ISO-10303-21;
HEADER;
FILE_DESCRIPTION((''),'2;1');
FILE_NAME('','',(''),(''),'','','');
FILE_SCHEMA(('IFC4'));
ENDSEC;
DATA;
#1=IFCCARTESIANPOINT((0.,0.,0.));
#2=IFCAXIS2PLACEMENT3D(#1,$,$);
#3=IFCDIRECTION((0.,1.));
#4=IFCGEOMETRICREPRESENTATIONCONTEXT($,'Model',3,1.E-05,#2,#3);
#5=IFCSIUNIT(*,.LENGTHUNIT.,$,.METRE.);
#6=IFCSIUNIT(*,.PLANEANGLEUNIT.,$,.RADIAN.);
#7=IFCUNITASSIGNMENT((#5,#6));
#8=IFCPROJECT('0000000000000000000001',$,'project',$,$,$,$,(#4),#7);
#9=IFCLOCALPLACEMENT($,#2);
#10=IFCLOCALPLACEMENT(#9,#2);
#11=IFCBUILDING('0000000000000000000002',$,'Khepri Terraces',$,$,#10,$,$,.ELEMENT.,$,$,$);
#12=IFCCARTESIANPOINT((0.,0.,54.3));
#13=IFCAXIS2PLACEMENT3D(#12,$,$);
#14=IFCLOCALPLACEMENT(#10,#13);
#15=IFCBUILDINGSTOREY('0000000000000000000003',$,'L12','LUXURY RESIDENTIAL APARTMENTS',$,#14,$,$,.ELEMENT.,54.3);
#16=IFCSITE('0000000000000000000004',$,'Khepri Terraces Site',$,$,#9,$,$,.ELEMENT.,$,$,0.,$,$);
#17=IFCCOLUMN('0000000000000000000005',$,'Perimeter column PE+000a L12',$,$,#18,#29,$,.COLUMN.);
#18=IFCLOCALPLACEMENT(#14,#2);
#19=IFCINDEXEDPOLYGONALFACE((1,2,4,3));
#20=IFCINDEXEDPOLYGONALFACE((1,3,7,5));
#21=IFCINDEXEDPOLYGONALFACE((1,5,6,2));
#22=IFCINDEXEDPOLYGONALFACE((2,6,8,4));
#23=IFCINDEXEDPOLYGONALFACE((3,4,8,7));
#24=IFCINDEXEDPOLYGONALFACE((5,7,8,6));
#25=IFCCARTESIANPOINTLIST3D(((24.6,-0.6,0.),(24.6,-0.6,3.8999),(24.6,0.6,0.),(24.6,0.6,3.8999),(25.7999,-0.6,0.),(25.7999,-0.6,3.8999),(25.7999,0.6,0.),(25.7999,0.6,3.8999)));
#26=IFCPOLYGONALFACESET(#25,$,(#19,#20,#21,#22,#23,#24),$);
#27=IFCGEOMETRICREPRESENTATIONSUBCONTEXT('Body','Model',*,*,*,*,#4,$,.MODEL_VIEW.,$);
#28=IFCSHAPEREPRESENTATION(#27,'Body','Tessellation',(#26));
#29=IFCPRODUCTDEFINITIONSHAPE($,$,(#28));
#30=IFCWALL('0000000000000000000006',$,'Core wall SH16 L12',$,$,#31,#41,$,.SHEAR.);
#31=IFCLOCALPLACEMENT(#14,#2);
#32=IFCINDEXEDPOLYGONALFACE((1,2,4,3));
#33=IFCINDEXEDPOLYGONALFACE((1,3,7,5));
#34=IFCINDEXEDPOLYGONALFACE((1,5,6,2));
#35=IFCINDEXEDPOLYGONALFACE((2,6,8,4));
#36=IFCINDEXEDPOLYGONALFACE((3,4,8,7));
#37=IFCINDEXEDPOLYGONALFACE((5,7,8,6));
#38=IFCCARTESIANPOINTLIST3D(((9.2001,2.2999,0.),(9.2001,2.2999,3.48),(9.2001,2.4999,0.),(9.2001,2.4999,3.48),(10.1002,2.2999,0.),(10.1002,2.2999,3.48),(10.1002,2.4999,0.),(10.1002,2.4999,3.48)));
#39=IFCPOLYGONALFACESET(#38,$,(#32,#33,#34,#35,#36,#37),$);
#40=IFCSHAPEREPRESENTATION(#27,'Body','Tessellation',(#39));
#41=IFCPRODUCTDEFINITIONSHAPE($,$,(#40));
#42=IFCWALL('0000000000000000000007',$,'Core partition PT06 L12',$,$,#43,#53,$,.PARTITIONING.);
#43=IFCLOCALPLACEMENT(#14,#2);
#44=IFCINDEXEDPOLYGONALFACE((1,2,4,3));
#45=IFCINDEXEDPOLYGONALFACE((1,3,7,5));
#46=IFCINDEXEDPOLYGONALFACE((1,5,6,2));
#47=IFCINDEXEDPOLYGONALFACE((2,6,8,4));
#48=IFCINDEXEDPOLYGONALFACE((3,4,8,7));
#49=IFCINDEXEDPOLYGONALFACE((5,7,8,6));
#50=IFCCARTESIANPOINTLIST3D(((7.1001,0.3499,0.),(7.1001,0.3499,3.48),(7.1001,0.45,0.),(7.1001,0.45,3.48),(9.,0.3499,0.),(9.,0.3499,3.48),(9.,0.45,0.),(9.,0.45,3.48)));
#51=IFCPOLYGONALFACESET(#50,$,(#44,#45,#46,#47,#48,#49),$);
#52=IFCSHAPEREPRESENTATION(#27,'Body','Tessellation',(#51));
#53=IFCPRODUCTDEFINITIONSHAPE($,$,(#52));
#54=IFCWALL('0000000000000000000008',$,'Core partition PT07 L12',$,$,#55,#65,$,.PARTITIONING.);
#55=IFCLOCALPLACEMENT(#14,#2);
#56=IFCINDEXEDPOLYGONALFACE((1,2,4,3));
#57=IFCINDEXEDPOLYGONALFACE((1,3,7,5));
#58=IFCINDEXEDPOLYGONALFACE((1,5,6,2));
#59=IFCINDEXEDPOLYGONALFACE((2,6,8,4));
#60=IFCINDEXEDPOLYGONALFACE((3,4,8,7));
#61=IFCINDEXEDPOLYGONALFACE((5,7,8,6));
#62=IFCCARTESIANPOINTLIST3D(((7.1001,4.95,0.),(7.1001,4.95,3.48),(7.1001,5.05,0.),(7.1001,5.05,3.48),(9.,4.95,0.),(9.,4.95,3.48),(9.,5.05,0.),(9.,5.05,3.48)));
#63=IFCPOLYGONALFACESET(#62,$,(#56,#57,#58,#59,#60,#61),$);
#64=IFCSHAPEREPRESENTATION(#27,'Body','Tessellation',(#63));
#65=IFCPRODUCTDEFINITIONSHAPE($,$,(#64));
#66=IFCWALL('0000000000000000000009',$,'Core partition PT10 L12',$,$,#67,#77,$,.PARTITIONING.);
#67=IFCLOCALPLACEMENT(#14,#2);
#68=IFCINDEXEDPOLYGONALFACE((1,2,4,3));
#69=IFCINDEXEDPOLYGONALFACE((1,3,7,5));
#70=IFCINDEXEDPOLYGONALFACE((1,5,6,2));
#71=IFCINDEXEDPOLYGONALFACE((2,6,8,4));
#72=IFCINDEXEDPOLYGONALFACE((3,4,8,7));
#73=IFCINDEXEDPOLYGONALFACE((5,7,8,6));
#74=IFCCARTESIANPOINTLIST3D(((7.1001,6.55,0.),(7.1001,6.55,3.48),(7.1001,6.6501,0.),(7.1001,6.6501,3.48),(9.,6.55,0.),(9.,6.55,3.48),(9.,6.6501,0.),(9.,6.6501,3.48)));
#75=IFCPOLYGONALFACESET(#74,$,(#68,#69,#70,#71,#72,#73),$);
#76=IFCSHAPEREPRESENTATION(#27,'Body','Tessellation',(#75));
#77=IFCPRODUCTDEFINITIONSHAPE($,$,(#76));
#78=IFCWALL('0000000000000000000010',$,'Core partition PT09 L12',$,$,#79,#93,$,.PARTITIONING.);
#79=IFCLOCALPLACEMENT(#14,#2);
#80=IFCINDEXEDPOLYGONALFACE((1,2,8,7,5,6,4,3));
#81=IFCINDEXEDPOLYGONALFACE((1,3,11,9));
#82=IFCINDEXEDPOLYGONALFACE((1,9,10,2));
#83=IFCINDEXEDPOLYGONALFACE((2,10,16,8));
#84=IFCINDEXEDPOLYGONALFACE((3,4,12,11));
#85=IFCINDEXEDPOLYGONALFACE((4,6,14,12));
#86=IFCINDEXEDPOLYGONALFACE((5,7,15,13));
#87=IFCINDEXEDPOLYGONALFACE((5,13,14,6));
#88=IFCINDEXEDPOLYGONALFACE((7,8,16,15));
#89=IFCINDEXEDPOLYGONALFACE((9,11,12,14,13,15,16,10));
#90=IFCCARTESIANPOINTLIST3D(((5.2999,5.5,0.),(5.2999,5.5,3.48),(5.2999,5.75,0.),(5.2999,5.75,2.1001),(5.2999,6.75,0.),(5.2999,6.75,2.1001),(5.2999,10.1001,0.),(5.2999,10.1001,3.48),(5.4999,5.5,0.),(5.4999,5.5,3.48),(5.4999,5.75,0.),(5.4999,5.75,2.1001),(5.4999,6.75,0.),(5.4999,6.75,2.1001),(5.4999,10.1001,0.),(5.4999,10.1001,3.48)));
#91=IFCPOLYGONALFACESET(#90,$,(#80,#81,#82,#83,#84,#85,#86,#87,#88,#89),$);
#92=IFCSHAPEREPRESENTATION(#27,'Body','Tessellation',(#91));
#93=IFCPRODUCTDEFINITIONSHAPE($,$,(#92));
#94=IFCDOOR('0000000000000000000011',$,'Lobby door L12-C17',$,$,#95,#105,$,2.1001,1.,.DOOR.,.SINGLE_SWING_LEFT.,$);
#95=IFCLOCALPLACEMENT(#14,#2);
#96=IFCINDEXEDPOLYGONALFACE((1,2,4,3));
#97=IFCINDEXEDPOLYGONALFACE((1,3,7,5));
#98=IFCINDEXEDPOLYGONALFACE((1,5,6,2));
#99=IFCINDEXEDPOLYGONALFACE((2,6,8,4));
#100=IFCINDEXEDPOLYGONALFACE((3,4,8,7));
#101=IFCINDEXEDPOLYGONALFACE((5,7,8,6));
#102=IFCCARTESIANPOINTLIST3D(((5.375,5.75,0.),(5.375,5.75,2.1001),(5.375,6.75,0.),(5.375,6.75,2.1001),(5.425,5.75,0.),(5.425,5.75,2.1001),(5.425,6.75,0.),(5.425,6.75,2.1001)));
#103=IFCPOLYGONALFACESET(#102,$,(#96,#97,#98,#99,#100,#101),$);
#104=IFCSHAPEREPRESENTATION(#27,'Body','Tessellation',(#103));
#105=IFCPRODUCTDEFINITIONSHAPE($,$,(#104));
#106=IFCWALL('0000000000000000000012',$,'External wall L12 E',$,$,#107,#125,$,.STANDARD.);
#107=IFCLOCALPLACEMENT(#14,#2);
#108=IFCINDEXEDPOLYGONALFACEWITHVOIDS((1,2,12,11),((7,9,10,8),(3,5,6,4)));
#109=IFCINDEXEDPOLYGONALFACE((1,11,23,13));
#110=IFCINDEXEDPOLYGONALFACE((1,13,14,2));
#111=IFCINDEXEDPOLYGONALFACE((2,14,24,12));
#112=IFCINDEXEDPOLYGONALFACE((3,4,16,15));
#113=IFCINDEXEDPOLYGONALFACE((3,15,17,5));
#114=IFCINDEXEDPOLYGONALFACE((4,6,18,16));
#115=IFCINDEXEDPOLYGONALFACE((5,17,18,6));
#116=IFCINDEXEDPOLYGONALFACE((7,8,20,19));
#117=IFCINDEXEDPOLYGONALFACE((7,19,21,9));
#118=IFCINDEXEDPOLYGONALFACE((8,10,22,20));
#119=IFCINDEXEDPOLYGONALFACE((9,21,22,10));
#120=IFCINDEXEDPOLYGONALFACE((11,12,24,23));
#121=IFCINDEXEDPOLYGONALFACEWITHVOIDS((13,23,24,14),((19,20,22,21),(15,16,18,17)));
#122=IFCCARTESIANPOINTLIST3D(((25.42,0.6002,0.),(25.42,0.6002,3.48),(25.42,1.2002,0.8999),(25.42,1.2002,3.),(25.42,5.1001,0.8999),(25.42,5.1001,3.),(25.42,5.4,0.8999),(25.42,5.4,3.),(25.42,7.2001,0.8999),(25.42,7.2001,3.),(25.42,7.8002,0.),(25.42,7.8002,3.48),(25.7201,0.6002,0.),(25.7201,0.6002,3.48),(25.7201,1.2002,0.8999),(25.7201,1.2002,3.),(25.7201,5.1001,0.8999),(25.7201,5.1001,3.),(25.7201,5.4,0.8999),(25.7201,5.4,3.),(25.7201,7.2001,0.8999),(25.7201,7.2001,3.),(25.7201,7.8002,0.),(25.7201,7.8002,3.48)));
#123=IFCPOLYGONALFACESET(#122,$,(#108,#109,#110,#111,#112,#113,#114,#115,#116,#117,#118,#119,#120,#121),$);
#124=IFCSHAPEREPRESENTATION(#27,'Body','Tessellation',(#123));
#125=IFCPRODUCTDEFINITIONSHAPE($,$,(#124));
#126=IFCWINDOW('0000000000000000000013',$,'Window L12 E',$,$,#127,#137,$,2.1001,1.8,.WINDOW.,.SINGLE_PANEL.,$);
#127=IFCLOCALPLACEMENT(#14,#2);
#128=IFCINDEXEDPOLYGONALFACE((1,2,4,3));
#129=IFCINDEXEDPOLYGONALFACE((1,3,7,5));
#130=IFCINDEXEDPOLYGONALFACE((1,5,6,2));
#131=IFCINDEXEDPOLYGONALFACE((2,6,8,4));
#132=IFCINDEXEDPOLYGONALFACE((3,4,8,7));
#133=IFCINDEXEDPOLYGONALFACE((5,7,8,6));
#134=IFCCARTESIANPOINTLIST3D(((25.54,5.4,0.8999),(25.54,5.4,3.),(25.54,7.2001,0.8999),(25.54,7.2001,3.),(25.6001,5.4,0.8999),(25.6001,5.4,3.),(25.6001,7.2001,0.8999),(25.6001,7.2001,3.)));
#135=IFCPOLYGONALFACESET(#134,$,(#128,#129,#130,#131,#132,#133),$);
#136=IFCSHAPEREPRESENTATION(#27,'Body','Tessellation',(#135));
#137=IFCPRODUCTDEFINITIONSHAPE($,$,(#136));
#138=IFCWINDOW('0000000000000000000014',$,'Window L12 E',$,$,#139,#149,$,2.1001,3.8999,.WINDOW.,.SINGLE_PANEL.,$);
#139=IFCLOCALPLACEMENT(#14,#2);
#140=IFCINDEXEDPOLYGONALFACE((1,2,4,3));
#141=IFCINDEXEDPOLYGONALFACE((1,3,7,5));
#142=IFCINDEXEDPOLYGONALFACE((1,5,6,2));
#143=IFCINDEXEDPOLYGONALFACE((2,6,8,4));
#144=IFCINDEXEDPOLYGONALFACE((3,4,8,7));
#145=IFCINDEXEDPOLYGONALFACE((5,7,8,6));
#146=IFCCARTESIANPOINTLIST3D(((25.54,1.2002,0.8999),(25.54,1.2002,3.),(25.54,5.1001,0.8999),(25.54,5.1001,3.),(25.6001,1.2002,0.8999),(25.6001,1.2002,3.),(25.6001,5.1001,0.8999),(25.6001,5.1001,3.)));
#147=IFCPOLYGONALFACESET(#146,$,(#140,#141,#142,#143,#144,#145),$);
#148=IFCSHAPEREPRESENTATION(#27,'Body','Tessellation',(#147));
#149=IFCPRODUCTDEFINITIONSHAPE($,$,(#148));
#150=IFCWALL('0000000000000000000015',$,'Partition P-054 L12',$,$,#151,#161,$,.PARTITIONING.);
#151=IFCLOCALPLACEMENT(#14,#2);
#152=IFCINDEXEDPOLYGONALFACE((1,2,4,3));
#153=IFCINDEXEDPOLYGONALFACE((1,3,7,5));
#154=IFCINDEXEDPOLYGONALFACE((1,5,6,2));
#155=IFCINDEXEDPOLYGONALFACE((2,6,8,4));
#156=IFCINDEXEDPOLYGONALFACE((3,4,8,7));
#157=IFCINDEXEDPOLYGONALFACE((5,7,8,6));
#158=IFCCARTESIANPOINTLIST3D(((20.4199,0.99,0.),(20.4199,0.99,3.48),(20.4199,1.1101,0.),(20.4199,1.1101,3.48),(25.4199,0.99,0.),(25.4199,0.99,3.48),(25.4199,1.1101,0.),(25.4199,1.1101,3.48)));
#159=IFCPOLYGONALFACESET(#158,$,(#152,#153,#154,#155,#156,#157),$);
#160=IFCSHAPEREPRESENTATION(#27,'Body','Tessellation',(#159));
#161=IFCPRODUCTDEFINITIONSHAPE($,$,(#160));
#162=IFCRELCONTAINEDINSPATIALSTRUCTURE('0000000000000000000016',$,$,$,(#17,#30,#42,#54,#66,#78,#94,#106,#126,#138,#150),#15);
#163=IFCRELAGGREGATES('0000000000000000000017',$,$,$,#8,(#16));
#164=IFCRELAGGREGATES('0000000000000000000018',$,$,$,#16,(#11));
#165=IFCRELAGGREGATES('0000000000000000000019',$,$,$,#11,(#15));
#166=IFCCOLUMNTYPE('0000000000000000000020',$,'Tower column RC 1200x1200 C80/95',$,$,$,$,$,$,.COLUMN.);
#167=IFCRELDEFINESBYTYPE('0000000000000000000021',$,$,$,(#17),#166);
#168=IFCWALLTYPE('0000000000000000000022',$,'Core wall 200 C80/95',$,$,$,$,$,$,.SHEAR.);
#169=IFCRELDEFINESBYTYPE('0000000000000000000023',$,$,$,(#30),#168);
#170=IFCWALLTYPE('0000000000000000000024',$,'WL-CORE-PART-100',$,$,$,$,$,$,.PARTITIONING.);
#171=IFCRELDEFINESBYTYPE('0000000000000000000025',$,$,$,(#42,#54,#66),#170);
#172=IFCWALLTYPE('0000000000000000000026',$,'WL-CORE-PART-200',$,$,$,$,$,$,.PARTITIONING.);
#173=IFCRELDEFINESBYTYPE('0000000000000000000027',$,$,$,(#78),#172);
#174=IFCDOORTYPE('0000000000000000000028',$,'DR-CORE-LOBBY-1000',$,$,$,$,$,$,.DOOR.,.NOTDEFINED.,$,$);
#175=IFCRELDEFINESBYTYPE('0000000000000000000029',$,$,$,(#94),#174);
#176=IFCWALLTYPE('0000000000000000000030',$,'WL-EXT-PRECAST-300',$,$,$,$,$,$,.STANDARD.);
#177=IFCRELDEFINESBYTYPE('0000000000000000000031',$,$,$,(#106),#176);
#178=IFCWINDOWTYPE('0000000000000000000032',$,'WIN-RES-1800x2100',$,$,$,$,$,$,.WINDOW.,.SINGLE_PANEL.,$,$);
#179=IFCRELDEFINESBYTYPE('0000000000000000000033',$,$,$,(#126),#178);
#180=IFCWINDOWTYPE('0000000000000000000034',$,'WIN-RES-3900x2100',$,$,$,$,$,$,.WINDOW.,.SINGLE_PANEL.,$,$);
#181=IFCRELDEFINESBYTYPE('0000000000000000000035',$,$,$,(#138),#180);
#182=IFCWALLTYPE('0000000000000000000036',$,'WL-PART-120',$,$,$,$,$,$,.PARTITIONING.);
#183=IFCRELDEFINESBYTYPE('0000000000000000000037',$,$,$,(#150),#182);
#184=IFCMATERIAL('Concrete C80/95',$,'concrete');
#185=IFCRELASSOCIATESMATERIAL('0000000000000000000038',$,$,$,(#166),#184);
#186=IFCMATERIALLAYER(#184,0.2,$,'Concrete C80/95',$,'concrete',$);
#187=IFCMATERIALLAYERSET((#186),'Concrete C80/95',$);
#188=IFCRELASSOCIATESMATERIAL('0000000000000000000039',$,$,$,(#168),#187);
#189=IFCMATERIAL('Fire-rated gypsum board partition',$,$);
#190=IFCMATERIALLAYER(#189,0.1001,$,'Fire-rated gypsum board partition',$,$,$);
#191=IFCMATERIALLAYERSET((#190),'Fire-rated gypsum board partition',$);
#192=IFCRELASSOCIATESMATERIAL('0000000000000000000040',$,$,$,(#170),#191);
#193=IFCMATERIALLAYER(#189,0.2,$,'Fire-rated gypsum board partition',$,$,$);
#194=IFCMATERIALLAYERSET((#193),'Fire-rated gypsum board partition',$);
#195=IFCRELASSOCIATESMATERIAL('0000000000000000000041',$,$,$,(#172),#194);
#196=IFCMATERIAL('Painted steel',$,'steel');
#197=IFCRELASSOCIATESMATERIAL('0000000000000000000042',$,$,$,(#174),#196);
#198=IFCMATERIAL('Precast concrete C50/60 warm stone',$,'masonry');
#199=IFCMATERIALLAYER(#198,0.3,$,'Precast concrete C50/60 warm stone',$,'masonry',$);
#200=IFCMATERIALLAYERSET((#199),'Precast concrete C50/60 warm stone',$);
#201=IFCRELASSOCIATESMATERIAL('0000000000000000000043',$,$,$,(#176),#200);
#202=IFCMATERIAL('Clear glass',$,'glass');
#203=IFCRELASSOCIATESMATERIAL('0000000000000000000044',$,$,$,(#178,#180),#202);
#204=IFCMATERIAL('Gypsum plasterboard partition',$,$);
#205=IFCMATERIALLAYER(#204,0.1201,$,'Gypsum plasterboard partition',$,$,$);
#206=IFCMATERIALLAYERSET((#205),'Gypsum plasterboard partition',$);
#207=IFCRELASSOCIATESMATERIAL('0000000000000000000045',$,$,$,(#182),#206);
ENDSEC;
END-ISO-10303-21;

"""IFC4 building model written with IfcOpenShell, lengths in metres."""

from ifc_helpers import new_model, si_unit, direction, frame, frame_2d, origin, origin_2d, place, context, subcontext, project, spatial, rectangle, extrude, material, layer, layer_set, material_profile, profile_set, type_object, element, fill, save


model = new_model("IFC4")

# Units and contexts
model_context = context("Model", 3, precision=1e-05, world=origin(), true_north=direction((0.0, 1.0)))
body_context = subcontext(model_context, "Body", "Model", "MODEL_VIEW")
ifc_project = project(units=[si_unit("LENGTHUNIT", "METRE"), si_unit("PLANEANGLEUNIT", "RADIAN")], contexts=[model_context])

# Site, building, storey
site_placement = place(None, origin())
site = spatial("IfcSite", under=ifc_project, at=site_placement, Name="Khepri Terraces Site", CompositionType="ELEMENT", RefElevation=0.0)
building_placement = place(site_placement, origin())
building = spatial("IfcBuilding", under=site, at=building_placement, Name="Khepri Terraces", CompositionType="ELEMENT")
storey_placement = place(building_placement, frame((0.0, 0.0, 54.3)))
storey = spatial("IfcBuildingStorey", under=building, at=storey_placement, Name="L12", Description="LUXURY RESIDENTIAL APARTMENTS", CompositionType="ELEMENT", Elevation=54.3)

# Column
ifc_material_1 = material(Name="Concrete C80/95", Category="concrete")
ifc_material_profile = material_profile(ifc_material_1, rectangle(XDim=1.2, YDim=1.2, at=origin_2d()), Name="Concrete C80/95", Category="concrete")
ifc_profile_set = profile_set([ifc_material_profile], Name="Concrete C80/95")
column_type = type_object("IfcColumnType", Name="Tower column RC 1200x1200 C80/95", PredefinedType="COLUMN", material=ifc_profile_set)
column_placement = place(storey_placement, frame((25.2, 0.0, 0.0), z_axis=(0.0, 0.0, 1.0), x_axis=(1.0, 0.0, 0.0)))
element("IfcColumn", 1, at=column_placement, inside=storey, type_object=column_type, Name="Perimeter column PE+000a L12", PredefinedType="COLUMN", context=body_context, shape_type="SweptSolid", body=[
    extrude(rectangle(XDim=1.2, YDim=1.2, at=origin_2d()), origin(), (0.0, 0.0, 1.0), 3.8999),
])

# Walls
ifc_layer_1 = layer(ifc_material_1, 0.2, Name="Concrete C80/95", Category="concrete")
ifc_layer_set_1 = layer_set([ifc_layer_1], Name="Concrete C80/95")
wall_type_1 = type_object("IfcWallType", Name="Core wall 200 C80/95", PredefinedType="SHEAR", material=ifc_layer_set_1)
wall_1_placement = place(storey_placement, frame((9.2, 2.3999, 0.0), z_axis=(0.0, 0.0, 1.0), x_axis=(1.0, 0.0, 0.0)))
element("IfcWall", 2, at=wall_1_placement, inside=storey, type_object=wall_type_1, Name="Core wall SH16 L12", PredefinedType="SHEAR", context=body_context, shape_type="SweptSolid", body=[
    extrude(rectangle(XDim=0.9001, YDim=0.2, at=frame_2d((0.4502, 0.0))), origin(), (0.0, 0.0, 1.0), 3.48),
])
ifc_material_2 = material(Name="Fire-rated gypsum board partition")
ifc_layer_2 = layer(ifc_material_2, 0.1001, Name="Fire-rated gypsum board partition")
ifc_layer_set_2 = layer_set([ifc_layer_2], Name="Fire-rated gypsum board partition")
wall_type_2 = type_object("IfcWallType", Name="WL-CORE-PART-100", PredefinedType="PARTITIONING", material=ifc_layer_set_2)
for number, where, z_axis, x_axis, name in (
    (3, (7.1001, 0.3999, 0.0), (0.0, 0.0, 1.0), (1.0, 0.0, 0.0), "Core partition PT06 L12"),
    (4, (7.1001, 5.0, 0.0), (0.0, 0.0, 1.0), (1.0, 0.0, 0.0), "Core partition PT07 L12"),
    (5, (7.1001, 6.6001, 0.0), (0.0, 0.0, 1.0), (1.0, 0.0, 0.0), "Core partition PT10 L12"),
):
    element("IfcWall", number, at=place(storey_placement, frame(where, z_axis=z_axis, x_axis=x_axis)), inside=storey, type_object=wall_type_2, Name=name, PredefinedType="PARTITIONING", context=body_context, shape_type="SweptSolid", body=[
        extrude(rectangle(XDim=1.8999, YDim=0.1001, at=frame_2d((0.95, 0.0))), origin(), (0.0, 0.0, 1.0), 3.48),
    ])

# Wall, opening, door
ifc_layer_3 = layer(ifc_material_2, 0.2, Name="Fire-rated gypsum board partition")
ifc_layer_set_3 = layer_set([ifc_layer_3], Name="Fire-rated gypsum board partition")
wall_type_3 = type_object("IfcWallType", Name="WL-CORE-PART-200", PredefinedType="PARTITIONING", material=ifc_layer_set_3)
wall_2_placement = place(storey_placement, frame((5.3999, 5.5, 0.0), z_axis=(0.0, 0.0, 1.0), x_axis=(0.0, 1.0, 0.0)))
wall_2 = element("IfcWall", 6, at=wall_2_placement, inside=storey, type_object=wall_type_3, Name="Core partition PT09 L12", PredefinedType="PARTITIONING", context=body_context, shape_type="SweptSolid", body=[
    extrude(rectangle(XDim=4.6001, YDim=0.2, at=frame_2d((2.3, 0.0))), origin(), (0.0, 0.0, 1.0), 3.48),
])
opening_1_placement = place(wall_2_placement, frame((0.25, 0.0, 0.0)))
opening_1 = element("IfcOpeningElement", 7, at=opening_1_placement, cuts=wall_2, PredefinedType="OPENING", context=body_context, shape_type="SweptSolid", body=[
    extrude(rectangle(XDim=1.0, YDim=2.1001, at=frame_2d((0.5, 1.05))), frame((0.0, 0.1099, 0.0), z_axis=(0.0, -1.0, 0.0), x_axis=(1.0, 0.0, 0.0)), (0.0, 0.0, 1.0), 0.22),
])
ifc_material_3 = material(Name="Painted steel", Category="steel")
door_type_1 = type_object("IfcDoorType", Name="DR-CORE-LOBBY-1000", OperationType="NOTDEFINED", PredefinedType="DOOR", material=ifc_material_3)
door_1_placement = place(opening_1_placement, origin())
door_1 = element("IfcDoor", 8, at=door_1_placement, inside=storey, type_object=door_type_1, Name="Lobby door L12-C17", OperationType="SINGLE_SWING_LEFT", OverallHeight=2.1001, OverallWidth=1.0, PredefinedType="DOOR", context=body_context, shape_type="SweptSolid", body=[
    extrude(rectangle(XDim=1.0, YDim=2.1001, at=frame_2d((0.5, 1.05))), frame((0.0, 0.0249, 0.0), z_axis=(0.0, -1.0, 0.0), x_axis=(1.0, 0.0, 0.0)), (0.0, 0.0, 1.0), 0.05),
])
fill(opening_1, door_1)

# Wall, openings, windows
ifc_material_4 = material(Name="Precast concrete C50/60 warm stone", Category="masonry")
ifc_layer_4 = layer(ifc_material_4, 0.3, Name="Precast concrete C50/60 warm stone", Category="masonry")
ifc_layer_set_4 = layer_set([ifc_layer_4], Name="Precast concrete C50/60 warm stone")
wall_type_4 = type_object("IfcWallType", Name="WL-EXT-PRECAST-300", PredefinedType="STANDARD", material=ifc_layer_set_4)
wall_3_placement = place(storey_placement, frame((25.5701, 0.6001, 0.0), z_axis=(0.0, 0.0, 1.0), x_axis=(0.0, 1.0, 0.0)))
wall_3 = element("IfcWall", 9, at=wall_3_placement, inside=storey, type_object=wall_type_4, Name="External wall L12 E", PredefinedType="STANDARD", context=body_context, shape_type="SweptSolid", body=[
    extrude(rectangle(XDim=7.2, YDim=0.3, at=frame_2d((3.6001, 0.0))), origin(), (0.0, 0.0, 1.0), 3.48),
])
opening_2_placement = place(wall_3_placement, frame((0.6001, 0.0, 0.8999)))
opening_2 = element("IfcOpeningElement", 10, at=opening_2_placement, cuts=wall_3, PredefinedType="OPENING", context=body_context, shape_type="SweptSolid", body=[
    extrude(rectangle(XDim=3.8999, YDim=2.1001, at=frame_2d((1.95, 1.05))), frame((0.0, 0.1602, 0.0), z_axis=(0.0, -1.0, 0.0), x_axis=(1.0, 0.0, 0.0)), (0.0, 0.0, 1.0), 0.3201),
])
opening_3_placement = place(wall_3_placement, frame((4.8, 0.0, 0.8999)))
opening_3 = element("IfcOpeningElement", 11, at=opening_3_placement, cuts=wall_3, PredefinedType="OPENING", context=body_context, shape_type="SweptSolid", body=[
    extrude(rectangle(XDim=1.8, YDim=2.1001, at=frame_2d((0.8999, 1.05))), frame((0.0, 0.1602, 0.0), z_axis=(0.0, -1.0, 0.0), x_axis=(1.0, 0.0, 0.0)), (0.0, 0.0, 1.0), 0.3201),
])
ifc_material_5 = material(Name="Clear glass", Category="glass")
window_type_1 = type_object("IfcWindowType", Name="WIN-RES-1800x2100", PartitioningType="SINGLE_PANEL", PredefinedType="WINDOW", material=ifc_material_5)
window_1_placement = place(opening_3_placement, origin())
window_1 = element("IfcWindow", 12, at=window_1_placement, inside=storey, type_object=window_type_1, Name="Window L12 E", OverallHeight=2.1001, OverallWidth=1.8, PartitioningType="SINGLE_PANEL", PredefinedType="WINDOW", context=body_context, shape_type="SweptSolid", body=[
    extrude(rectangle(XDim=1.8, YDim=2.1001, at=frame_2d((0.8999, 1.05))), frame((0.0, 0.03, 0.0), z_axis=(0.0, -1.0, 0.0), x_axis=(1.0, 0.0, 0.0)), (0.0, 0.0, 1.0), 0.0601),
])
fill(opening_3, window_1)
window_type_2 = type_object("IfcWindowType", Name="WIN-RES-3900x2100", PartitioningType="SINGLE_PANEL", PredefinedType="WINDOW", material=ifc_material_5)
window_2_placement = place(opening_2_placement, origin())
window_2 = element("IfcWindow", 13, at=window_2_placement, inside=storey, type_object=window_type_2, Name="Window L12 E", OverallHeight=2.1001, OverallWidth=3.8999, PartitioningType="SINGLE_PANEL", PredefinedType="WINDOW", context=body_context, shape_type="SweptSolid", body=[
    extrude(rectangle(XDim=3.8999, YDim=2.1001, at=frame_2d((1.95, 1.05))), frame((0.0, 0.03, 0.0), z_axis=(0.0, -1.0, 0.0), x_axis=(1.0, 0.0, 0.0)), (0.0, 0.0, 1.0), 0.0601),
])
fill(opening_2, window_2)

# Wall
ifc_material_6 = material(Name="Gypsum plasterboard partition")
ifc_layer_5 = layer(ifc_material_6, 0.1201, Name="Gypsum plasterboard partition")
ifc_layer_set_5 = layer_set([ifc_layer_5], Name="Gypsum plasterboard partition")
wall_type_5 = type_object("IfcWallType", Name="WL-PART-120", PredefinedType="PARTITIONING", material=ifc_layer_set_5)
wall_4_placement = place(storey_placement, frame((20.4199, 1.05, 0.0), z_axis=(0.0, 0.0, 1.0), x_axis=(1.0, 0.0, 0.0)))
element("IfcWall", 14, at=wall_4_placement, inside=storey, type_object=wall_type_5, Name="Partition P-054 L12", PredefinedType="PARTITIONING", context=body_context, shape_type="SweptSolid", body=[
    extrude(rectangle(XDim=5.0, YDim=0.1201, at=frame_2d((2.5, 0.0))), origin(), (0.0, 0.0, 1.0), 3.48),
])

save(model, "model.ifc")
